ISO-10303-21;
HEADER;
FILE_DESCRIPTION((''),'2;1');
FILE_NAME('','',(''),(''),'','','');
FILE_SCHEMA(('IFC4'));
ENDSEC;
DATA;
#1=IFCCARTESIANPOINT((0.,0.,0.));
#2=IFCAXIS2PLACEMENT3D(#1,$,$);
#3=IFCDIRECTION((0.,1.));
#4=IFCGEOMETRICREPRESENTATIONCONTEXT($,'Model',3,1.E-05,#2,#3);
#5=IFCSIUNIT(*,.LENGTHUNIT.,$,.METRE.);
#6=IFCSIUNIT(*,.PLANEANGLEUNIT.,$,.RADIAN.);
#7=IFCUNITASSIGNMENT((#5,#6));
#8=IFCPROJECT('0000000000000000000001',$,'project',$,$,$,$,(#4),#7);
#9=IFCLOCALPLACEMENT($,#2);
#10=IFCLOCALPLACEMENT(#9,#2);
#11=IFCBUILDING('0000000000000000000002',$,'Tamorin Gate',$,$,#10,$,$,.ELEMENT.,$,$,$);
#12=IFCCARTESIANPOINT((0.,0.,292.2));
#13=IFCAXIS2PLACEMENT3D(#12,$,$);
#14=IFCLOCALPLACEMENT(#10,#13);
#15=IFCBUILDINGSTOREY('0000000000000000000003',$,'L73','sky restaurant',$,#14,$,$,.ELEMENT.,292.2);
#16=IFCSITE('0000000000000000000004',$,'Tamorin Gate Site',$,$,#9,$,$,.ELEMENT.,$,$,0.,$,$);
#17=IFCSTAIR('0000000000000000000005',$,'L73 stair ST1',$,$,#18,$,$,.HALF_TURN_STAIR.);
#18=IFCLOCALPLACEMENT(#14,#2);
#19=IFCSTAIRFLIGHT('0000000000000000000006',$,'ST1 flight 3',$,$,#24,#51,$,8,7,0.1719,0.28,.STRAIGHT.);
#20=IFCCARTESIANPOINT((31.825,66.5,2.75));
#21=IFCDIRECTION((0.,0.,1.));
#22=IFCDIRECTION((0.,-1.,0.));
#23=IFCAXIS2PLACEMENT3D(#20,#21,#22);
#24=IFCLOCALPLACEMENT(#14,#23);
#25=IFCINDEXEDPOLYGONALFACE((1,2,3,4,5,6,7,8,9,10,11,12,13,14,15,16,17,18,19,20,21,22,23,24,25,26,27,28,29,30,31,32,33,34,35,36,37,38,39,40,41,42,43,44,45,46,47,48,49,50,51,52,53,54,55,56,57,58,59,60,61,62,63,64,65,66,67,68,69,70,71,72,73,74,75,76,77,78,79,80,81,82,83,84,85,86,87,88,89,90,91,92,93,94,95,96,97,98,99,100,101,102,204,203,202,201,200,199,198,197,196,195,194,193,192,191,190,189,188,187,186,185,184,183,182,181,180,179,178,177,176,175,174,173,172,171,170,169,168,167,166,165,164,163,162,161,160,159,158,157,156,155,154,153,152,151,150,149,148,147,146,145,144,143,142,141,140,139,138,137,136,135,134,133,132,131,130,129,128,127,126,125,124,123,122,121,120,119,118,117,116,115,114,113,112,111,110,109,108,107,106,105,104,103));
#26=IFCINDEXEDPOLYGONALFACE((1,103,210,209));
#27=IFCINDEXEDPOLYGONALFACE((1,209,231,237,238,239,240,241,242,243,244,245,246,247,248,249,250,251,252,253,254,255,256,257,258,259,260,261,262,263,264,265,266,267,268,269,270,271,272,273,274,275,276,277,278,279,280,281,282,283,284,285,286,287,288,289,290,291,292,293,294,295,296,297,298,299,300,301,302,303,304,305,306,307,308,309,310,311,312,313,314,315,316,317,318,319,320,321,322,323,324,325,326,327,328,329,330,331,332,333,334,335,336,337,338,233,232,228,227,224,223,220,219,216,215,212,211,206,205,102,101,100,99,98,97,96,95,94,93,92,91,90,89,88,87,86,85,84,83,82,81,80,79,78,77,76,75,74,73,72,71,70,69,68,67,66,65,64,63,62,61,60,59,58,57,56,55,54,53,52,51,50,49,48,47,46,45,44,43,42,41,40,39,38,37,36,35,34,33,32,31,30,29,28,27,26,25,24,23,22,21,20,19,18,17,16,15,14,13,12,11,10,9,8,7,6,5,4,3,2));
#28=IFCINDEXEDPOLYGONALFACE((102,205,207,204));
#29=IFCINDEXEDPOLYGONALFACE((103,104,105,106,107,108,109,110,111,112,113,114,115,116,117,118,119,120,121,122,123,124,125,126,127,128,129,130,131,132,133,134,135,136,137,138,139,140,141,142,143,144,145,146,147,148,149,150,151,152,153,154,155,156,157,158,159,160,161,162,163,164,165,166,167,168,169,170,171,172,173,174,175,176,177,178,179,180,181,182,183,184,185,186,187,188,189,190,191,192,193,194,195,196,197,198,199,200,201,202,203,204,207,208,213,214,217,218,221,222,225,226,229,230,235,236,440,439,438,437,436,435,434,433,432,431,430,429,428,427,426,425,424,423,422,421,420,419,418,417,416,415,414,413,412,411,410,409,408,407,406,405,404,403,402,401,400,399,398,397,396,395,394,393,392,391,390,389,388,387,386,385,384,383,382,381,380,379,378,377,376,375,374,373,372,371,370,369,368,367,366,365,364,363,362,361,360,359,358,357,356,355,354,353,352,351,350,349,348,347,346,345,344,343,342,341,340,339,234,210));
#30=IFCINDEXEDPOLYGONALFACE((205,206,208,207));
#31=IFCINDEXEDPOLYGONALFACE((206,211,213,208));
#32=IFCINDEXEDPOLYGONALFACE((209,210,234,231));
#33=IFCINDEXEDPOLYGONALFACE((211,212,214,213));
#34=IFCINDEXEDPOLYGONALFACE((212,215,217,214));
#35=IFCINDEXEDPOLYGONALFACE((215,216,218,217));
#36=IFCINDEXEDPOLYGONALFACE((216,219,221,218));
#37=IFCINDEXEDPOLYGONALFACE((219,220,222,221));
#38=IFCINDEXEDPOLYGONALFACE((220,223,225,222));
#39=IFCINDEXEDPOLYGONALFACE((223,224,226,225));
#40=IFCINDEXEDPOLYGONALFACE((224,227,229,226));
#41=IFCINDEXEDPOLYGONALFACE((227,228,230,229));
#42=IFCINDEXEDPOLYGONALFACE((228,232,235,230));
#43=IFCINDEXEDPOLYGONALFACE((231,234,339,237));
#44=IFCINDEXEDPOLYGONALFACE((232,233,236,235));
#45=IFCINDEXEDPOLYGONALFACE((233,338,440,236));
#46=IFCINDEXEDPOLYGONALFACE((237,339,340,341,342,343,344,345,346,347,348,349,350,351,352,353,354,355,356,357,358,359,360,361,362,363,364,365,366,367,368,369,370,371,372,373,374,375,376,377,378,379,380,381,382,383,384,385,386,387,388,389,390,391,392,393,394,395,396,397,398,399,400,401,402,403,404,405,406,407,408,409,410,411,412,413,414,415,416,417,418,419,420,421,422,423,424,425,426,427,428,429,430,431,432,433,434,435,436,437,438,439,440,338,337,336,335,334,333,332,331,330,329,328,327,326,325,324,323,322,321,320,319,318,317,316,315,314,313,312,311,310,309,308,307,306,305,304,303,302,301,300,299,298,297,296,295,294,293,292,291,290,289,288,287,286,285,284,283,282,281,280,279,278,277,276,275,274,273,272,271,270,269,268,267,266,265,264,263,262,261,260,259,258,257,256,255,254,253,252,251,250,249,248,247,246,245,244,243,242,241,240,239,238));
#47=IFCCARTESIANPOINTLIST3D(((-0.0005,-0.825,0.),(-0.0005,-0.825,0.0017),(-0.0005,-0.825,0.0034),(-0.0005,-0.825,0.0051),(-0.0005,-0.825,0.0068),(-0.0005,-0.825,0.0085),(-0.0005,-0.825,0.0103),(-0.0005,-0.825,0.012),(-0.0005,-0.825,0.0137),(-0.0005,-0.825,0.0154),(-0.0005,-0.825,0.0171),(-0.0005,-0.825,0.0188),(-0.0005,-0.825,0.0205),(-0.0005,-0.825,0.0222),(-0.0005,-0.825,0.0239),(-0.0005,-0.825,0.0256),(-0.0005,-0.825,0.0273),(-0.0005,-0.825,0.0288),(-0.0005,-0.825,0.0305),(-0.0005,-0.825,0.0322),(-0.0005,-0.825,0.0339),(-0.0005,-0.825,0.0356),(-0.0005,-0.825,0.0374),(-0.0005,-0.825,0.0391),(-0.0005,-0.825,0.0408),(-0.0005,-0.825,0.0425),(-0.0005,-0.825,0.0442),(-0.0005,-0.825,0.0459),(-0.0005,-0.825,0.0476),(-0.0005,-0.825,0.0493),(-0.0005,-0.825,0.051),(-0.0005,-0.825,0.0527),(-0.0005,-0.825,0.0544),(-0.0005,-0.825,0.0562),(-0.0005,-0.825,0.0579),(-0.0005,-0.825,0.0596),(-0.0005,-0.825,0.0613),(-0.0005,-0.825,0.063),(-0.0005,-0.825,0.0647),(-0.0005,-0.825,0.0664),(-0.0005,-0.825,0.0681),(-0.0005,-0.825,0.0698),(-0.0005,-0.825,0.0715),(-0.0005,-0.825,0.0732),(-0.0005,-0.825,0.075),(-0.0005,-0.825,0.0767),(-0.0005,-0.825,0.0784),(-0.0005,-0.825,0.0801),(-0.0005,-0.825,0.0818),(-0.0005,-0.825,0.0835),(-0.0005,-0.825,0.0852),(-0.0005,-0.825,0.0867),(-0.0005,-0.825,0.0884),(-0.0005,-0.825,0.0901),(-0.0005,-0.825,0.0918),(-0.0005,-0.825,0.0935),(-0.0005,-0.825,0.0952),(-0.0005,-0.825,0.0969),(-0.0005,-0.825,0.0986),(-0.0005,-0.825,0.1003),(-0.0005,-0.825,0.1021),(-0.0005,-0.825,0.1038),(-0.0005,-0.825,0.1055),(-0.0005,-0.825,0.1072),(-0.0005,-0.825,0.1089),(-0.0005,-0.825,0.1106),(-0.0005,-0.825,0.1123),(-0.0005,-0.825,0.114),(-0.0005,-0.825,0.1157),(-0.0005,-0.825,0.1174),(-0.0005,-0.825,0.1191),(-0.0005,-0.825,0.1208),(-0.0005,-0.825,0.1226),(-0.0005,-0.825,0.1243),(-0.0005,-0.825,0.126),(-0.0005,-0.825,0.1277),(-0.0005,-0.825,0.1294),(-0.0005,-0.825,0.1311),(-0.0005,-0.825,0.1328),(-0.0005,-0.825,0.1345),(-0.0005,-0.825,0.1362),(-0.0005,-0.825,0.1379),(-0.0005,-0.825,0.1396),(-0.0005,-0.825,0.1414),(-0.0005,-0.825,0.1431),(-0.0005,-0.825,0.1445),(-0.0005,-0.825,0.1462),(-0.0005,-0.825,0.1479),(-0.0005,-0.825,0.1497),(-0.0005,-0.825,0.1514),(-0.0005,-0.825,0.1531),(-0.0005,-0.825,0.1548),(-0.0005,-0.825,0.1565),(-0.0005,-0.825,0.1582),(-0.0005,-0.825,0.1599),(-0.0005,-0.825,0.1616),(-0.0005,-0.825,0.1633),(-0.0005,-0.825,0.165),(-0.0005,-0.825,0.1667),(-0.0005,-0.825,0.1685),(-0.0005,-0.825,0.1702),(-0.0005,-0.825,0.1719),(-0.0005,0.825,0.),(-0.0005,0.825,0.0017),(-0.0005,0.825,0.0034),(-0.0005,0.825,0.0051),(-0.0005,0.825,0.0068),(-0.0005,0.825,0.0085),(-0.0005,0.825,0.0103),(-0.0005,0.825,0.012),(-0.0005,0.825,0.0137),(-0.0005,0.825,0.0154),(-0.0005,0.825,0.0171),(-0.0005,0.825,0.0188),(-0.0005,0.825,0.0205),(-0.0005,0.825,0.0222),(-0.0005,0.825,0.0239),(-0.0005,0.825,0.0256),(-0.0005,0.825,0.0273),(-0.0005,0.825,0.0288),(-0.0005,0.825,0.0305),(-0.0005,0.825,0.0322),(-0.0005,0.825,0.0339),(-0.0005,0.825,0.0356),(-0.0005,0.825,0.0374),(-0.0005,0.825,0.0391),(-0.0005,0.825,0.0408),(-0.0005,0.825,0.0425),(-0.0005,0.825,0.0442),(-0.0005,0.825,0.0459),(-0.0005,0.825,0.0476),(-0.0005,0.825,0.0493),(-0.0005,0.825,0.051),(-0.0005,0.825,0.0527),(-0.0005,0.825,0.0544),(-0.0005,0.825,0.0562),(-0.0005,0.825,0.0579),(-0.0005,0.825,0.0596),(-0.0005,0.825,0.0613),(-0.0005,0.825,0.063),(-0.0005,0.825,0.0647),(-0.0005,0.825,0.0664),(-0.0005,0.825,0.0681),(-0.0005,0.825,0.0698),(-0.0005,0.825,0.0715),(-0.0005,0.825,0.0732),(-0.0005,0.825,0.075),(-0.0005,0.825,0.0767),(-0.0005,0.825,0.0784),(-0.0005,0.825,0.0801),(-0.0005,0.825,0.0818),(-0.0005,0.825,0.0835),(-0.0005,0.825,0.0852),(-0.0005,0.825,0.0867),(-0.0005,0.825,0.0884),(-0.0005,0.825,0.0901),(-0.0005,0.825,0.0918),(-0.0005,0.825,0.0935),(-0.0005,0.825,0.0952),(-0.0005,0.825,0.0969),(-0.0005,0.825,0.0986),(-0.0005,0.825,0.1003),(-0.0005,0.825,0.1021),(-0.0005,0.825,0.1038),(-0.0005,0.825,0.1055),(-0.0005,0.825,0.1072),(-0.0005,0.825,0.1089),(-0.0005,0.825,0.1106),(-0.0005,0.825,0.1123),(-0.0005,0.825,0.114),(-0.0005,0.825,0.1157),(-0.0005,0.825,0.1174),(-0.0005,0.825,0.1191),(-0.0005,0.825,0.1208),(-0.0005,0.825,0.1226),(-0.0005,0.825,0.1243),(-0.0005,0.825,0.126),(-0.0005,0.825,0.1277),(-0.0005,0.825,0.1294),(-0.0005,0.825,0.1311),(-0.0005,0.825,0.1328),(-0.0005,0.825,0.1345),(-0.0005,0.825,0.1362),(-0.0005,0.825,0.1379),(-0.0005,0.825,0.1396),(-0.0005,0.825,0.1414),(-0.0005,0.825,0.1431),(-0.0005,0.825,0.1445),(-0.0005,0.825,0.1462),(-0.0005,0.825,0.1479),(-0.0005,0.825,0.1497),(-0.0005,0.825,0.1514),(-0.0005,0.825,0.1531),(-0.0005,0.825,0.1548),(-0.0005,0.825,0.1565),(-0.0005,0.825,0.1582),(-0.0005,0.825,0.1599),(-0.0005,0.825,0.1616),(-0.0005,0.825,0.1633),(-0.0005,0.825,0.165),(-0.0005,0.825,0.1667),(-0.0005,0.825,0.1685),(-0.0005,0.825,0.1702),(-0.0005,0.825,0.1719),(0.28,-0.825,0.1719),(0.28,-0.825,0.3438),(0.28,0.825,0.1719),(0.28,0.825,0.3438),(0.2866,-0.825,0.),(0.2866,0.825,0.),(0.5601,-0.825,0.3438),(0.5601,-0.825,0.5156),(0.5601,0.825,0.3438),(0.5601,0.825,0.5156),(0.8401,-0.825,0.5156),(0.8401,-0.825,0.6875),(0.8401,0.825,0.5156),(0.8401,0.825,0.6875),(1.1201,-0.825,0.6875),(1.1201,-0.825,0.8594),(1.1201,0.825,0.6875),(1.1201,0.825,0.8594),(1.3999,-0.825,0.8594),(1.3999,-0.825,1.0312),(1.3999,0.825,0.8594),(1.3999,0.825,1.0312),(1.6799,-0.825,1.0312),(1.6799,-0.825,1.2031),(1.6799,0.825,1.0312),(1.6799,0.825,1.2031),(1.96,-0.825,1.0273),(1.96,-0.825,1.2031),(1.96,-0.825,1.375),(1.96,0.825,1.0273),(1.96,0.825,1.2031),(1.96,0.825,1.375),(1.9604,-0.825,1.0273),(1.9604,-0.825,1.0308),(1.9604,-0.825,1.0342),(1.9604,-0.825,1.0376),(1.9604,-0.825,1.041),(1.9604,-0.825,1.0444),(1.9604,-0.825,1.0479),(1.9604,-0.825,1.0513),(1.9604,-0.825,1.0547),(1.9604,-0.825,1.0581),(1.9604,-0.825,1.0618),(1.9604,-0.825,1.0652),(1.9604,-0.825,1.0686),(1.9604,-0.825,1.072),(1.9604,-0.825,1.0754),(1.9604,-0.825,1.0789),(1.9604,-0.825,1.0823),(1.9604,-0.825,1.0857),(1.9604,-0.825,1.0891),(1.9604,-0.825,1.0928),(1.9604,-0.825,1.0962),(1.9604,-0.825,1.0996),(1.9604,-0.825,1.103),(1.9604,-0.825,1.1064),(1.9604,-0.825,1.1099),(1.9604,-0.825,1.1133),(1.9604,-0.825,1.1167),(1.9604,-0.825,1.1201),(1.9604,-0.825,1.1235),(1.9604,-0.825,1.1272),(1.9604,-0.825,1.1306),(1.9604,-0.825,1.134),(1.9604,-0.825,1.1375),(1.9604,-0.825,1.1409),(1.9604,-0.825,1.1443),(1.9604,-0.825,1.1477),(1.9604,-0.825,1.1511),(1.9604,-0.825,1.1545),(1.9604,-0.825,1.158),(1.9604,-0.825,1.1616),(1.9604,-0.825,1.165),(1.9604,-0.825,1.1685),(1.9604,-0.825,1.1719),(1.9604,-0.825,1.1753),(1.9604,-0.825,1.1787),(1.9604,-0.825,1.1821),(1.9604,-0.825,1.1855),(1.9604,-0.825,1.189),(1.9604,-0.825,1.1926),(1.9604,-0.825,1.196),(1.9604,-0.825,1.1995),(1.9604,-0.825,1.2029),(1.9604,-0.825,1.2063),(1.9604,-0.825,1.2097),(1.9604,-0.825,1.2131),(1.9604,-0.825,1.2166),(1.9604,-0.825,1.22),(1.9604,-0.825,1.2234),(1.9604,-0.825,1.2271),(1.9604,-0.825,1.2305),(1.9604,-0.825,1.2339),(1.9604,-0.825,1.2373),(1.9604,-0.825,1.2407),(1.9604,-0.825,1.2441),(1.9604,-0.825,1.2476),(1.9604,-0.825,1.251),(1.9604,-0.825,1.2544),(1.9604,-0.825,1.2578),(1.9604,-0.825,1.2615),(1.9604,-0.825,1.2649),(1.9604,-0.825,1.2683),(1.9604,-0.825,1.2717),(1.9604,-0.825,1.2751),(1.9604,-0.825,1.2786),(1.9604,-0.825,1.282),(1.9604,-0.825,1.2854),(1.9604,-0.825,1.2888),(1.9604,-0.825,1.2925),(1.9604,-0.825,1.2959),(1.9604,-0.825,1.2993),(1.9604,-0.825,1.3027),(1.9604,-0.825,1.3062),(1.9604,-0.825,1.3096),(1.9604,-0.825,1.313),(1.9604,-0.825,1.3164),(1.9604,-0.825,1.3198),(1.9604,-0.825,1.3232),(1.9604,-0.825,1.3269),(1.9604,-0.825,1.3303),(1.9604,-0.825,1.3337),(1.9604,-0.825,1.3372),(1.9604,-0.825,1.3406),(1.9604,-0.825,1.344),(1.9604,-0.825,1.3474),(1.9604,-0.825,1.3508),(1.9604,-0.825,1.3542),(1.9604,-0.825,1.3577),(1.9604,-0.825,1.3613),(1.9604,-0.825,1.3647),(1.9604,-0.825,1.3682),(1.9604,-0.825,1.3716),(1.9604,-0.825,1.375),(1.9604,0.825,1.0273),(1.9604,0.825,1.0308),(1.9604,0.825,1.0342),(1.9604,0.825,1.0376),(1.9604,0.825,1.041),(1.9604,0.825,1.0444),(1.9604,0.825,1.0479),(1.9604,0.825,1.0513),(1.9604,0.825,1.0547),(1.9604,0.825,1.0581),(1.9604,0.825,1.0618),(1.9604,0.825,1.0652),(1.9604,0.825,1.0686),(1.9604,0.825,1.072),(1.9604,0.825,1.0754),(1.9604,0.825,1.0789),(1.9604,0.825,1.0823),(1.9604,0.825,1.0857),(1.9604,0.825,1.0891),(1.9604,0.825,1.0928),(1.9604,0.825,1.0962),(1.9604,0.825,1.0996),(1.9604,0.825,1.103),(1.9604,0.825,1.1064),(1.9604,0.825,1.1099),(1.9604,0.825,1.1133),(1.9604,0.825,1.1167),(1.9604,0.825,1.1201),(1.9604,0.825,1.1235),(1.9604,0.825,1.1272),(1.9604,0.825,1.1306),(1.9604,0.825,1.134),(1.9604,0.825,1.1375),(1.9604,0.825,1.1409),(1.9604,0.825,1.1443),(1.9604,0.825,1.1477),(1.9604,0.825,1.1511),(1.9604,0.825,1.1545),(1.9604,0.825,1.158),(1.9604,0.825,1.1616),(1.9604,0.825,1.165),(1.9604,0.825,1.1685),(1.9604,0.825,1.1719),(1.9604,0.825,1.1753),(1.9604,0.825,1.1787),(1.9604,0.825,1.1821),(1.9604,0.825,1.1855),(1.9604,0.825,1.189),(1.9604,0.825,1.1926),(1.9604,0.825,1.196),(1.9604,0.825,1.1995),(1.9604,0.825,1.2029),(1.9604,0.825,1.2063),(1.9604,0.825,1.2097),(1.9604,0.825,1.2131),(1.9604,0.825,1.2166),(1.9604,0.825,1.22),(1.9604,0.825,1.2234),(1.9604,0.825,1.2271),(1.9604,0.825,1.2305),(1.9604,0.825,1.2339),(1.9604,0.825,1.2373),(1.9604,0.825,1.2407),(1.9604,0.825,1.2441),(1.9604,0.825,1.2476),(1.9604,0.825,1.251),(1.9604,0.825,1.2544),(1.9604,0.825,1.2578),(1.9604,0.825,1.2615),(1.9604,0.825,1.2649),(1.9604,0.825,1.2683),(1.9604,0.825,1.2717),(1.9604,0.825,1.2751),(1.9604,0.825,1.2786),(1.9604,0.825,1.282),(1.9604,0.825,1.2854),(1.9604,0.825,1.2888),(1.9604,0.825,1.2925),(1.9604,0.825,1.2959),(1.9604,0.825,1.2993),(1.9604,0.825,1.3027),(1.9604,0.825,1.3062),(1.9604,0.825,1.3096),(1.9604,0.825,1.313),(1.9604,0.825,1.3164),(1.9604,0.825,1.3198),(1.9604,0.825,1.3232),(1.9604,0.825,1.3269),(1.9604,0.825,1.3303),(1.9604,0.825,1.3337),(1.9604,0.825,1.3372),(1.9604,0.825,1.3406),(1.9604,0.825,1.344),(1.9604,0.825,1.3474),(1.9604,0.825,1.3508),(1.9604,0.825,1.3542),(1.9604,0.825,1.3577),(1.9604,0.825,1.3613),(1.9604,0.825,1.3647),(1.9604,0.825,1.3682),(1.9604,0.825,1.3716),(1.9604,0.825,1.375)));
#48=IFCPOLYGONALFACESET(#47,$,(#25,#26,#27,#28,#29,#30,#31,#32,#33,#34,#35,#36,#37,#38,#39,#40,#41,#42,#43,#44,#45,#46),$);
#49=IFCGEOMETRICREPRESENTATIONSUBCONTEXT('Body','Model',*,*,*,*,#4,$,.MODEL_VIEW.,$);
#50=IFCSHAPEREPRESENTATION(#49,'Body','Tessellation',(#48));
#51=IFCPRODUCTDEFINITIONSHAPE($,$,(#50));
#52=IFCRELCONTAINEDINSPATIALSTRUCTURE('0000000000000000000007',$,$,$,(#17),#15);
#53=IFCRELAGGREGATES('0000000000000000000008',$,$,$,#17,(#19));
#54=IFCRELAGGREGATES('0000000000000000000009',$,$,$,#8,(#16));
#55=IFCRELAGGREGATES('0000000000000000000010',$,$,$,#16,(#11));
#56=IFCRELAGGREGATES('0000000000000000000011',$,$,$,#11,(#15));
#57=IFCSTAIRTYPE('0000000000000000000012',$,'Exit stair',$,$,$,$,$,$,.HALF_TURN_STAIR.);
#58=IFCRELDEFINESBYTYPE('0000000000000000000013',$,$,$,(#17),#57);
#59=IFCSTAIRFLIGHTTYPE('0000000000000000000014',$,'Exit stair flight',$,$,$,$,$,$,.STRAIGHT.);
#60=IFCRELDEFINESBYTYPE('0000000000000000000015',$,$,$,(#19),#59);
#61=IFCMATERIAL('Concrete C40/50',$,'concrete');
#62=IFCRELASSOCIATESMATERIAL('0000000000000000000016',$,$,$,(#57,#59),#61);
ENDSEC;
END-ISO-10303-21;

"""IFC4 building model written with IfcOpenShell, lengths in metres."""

from ifc_helpers import new_model, si_unit, direction, frame, origin, place, context, subcontext, project, spatial, polyline, outline, extrude, material, type_object, element, aggregate, save


model = new_model("IFC4")

# Units and contexts
model_context = context("Model", 3, precision=1e-05, world=origin(), true_north=direction((0.0, 1.0)))
body_context = subcontext(model_context, "Body", "Model", "MODEL_VIEW")
ifc_project = project(units=[si_unit("LENGTHUNIT", "METRE"), si_unit("PLANEANGLEUNIT", "RADIAN")], contexts=[model_context])

# Site, building, storey
site_placement = place(None, origin())
site = spatial("IfcSite", under=ifc_project, at=site_placement, Name="Tamorin Gate Site", CompositionType="ELEMENT", RefElevation=0.0)
building_placement = place(site_placement, origin())
building = spatial("IfcBuilding", under=site, at=building_placement, Name="Tamorin Gate", CompositionType="ELEMENT")
storey_placement = place(building_placement, frame((0.0, 0.0, 292.2)))
storey = spatial("IfcBuildingStorey", under=building, at=storey_placement, Name="L73", Description="sky restaurant", CompositionType="ELEMENT", Elevation=292.2)

# Stair, stair flight
ifc_material_1 = material(Name="Concrete C40/50", Category="concrete")
stair_type = type_object("IfcStairType", Name="Exit stair", PredefinedType="HALF_TURN_STAIR", material=ifc_material_1)
stair_placement = place(storey_placement, origin())
stair = element("IfcStair", 1, at=stair_placement, inside=storey, type_object=stair_type, Name="L73 stair ST1", PredefinedType="HALF_TURN_STAIR")
stair_flight_type = type_object("IfcStairFlightType", Name="Exit stair flight", PredefinedType="STRAIGHT", material=ifc_material_1)
stair_flight_1_placement = place(storey_placement, frame((31.825, 66.5, 2.75), z_axis=(0.0, 0.0, 1.0), x_axis=(0.0, -1.0, 0.0)))
stair_flight_1 = element("IfcStairFlight", 2, at=stair_flight_1_placement, type_object=stair_flight_type, Name="ST1 flight 3", NumberOfRisers=8, NumberOfTreads=7, PredefinedType="STRAIGHT", RiserHeight=0.1719, TreadLength=0.28, context=body_context, shape_type="SweptSolid", body=[
    extrude(outline(polyline([(-0.0005, 0.0), (-0.0005, 0.0017), (-0.0005, 0.0034), (-0.0005, 0.0051), (-0.0005, 0.0068), (-0.0005, 0.0085), (-0.0005, 0.0103), (-0.0005, 0.012), (-0.0005, 0.0137), (-0.0005, 0.0154), (-0.0005, 0.0171), (-0.0005, 0.0188), (-0.0005, 0.0205), (-0.0005, 0.0222), (-0.0005, 0.0239), (-0.0005, 0.0256), (-0.0005, 0.0273), (-0.0005, 0.0288), (-0.0005, 0.0305), (-0.0005, 0.0322), (-0.0005, 0.0339), (-0.0005, 0.0356), (-0.0005, 0.0374), (-0.0005, 0.0391), (-0.0005, 0.0408), (-0.0005, 0.0425), (-0.0005, 0.0442), (-0.0005, 0.0459), (-0.0005, 0.0476), (-0.0005, 0.0493), (-0.0005, 0.051), (-0.0005, 0.0527), (-0.0005, 0.0544), (-0.0005, 0.0562), (-0.0005, 0.0579), (-0.0005, 0.0596), (-0.0005, 0.0613), (-0.0005, 0.063), (-0.0005, 0.0647), (-0.0005, 0.0664), (-0.0005, 0.0681), (-0.0005, 0.0698), (-0.0005, 0.0715), (-0.0005, 0.0732), (-0.0005, 0.075), (-0.0005, 0.0767), (-0.0005, 0.0784), (-0.0005, 0.0801), (-0.0005, 0.0818), (-0.0005, 0.0835), (-0.0005, 0.0852), (-0.0005, 0.0867), (-0.0005, 0.0884), (-0.0005, 0.0901), (-0.0005, 0.0918), (-0.0005, 0.0935), (-0.0005, 0.0952), (-0.0005, 0.0969), (-0.0005, 0.0986), (-0.0005, 0.1003), (-0.0005, 0.1021), (-0.0005, 0.1038), (-0.0005, 0.1055), (-0.0005, 0.1072), (-0.0005, 0.1089), (-0.0005, 0.1106), (-0.0005, 0.1123), (-0.0005, 0.114), (-0.0005, 0.1157), (-0.0005, 0.1174), (-0.0005, 0.1191), (-0.0005, 0.1208), (-0.0005, 0.1226), (-0.0005, 0.1243), (-0.0005, 0.126), (-0.0005, 0.1277), (-0.0005, 0.1294), (-0.0005, 0.1311), (-0.0005, 0.1328), (-0.0005, 0.1345), (-0.0005, 0.1362), (-0.0005, 0.1379), (-0.0005, 0.1396), (-0.0005, 0.1414), (-0.0005, 0.1431), (-0.0005, 0.1445), (-0.0005, 0.1462), (-0.0005, 0.1479), (-0.0005, 0.1497), (-0.0005, 0.1514), (-0.0005, 0.1531), (-0.0005, 0.1548), (-0.0005, 0.1565), (-0.0005, 0.1582), (-0.0005, 0.1599), (-0.0005, 0.1616), (-0.0005, 0.1633), (-0.0005, 0.165), (-0.0005, 0.1667), (-0.0005, 0.1685), (-0.0005, 0.1702), (-0.0005, 0.1719), (0.28, 0.1719), (0.28, 0.3438), (0.5601, 0.3438), (0.5601, 0.5156), (0.8401, 0.5156), (0.8401, 0.6875), (1.1201, 0.6875), (1.1201, 0.8594), (1.3999, 0.8594), (1.3999, 1.0312), (1.6799, 1.0312), (1.6799, 1.2031), (1.96, 1.2031), (1.96, 1.375), (1.9604, 1.375), (1.9604, 1.3716), (1.9604, 1.3682), (1.9604, 1.3647), (1.9604, 1.3613), (1.9604, 1.3577), (1.9604, 1.3542), (1.9604, 1.3508), (1.9604, 1.3474), (1.9604, 1.344), (1.9604, 1.3406), (1.9604, 1.3372), (1.9604, 1.3337), (1.9604, 1.3303), (1.9604, 1.3269), (1.9604, 1.3232), (1.9604, 1.3198), (1.9604, 1.3164), (1.9604, 1.313), (1.9604, 1.3096), (1.9604, 1.3062), (1.9604, 1.3027), (1.9604, 1.2993), (1.9604, 1.2959), (1.9604, 1.2925), (1.9604, 1.2888), (1.9604, 1.2854), (1.9604, 1.282), (1.9604, 1.2786), (1.9604, 1.2751), (1.9604, 1.2717), (1.9604, 1.2683), (1.9604, 1.2649), (1.9604, 1.2615), (1.9604, 1.2578), (1.9604, 1.2544), (1.9604, 1.251), (1.9604, 1.2476), (1.9604, 1.2441), (1.9604, 1.2407), (1.9604, 1.2373), (1.9604, 1.2339), (1.9604, 1.2305), (1.9604, 1.2271), (1.9604, 1.2234), (1.9604, 1.22), (1.9604, 1.2166), (1.9604, 1.2131), (1.9604, 1.2097), (1.9604, 1.2063), (1.9604, 1.2029), (1.9604, 1.1995), (1.9604, 1.196), (1.9604, 1.1926), (1.9604, 1.189), (1.9604, 1.1855), (1.9604, 1.1821), (1.9604, 1.1787), (1.9604, 1.1753), (1.9604, 1.1719), (1.9604, 1.1685), (1.9604, 1.165), (1.9604, 1.1616), (1.9604, 1.158), (1.9604, 1.1545), (1.9604, 1.1511), (1.9604, 1.1477), (1.9604, 1.1443), (1.9604, 1.1409), (1.9604, 1.1375), (1.9604, 1.134), (1.9604, 1.1306), (1.9604, 1.1272), (1.9604, 1.1235), (1.9604, 1.1201), (1.9604, 1.1167), (1.9604, 1.1133), (1.9604, 1.1099), (1.9604, 1.1064), (1.9604, 1.103), (1.9604, 1.0996), (1.9604, 1.0962), (1.9604, 1.0928), (1.9604, 1.0891), (1.9604, 1.0857), (1.9604, 1.0823), (1.9604, 1.0789), (1.9604, 1.0754), (1.9604, 1.072), (1.9604, 1.0686), (1.9604, 1.0652), (1.9604, 1.0618), (1.9604, 1.0581), (1.9604, 1.0547), (1.9604, 1.0513), (1.9604, 1.0479), (1.9604, 1.0444), (1.9604, 1.041), (1.9604, 1.0376), (1.9604, 1.0342), (1.9604, 1.0308), (1.9604, 1.0273), (1.96, 1.0273), (0.2866, 0.0), (-0.0005, 0.0)])), frame((0.0, 0.825, 0.0), z_axis=(0.0, -1.0, 0.0), x_axis=(1.0, 0.0, 0.0)), (0.0, 0.0, 1.0), 1.6499),
])
aggregate(stair, [stair_flight_1])

save(model, "model.ifc")
